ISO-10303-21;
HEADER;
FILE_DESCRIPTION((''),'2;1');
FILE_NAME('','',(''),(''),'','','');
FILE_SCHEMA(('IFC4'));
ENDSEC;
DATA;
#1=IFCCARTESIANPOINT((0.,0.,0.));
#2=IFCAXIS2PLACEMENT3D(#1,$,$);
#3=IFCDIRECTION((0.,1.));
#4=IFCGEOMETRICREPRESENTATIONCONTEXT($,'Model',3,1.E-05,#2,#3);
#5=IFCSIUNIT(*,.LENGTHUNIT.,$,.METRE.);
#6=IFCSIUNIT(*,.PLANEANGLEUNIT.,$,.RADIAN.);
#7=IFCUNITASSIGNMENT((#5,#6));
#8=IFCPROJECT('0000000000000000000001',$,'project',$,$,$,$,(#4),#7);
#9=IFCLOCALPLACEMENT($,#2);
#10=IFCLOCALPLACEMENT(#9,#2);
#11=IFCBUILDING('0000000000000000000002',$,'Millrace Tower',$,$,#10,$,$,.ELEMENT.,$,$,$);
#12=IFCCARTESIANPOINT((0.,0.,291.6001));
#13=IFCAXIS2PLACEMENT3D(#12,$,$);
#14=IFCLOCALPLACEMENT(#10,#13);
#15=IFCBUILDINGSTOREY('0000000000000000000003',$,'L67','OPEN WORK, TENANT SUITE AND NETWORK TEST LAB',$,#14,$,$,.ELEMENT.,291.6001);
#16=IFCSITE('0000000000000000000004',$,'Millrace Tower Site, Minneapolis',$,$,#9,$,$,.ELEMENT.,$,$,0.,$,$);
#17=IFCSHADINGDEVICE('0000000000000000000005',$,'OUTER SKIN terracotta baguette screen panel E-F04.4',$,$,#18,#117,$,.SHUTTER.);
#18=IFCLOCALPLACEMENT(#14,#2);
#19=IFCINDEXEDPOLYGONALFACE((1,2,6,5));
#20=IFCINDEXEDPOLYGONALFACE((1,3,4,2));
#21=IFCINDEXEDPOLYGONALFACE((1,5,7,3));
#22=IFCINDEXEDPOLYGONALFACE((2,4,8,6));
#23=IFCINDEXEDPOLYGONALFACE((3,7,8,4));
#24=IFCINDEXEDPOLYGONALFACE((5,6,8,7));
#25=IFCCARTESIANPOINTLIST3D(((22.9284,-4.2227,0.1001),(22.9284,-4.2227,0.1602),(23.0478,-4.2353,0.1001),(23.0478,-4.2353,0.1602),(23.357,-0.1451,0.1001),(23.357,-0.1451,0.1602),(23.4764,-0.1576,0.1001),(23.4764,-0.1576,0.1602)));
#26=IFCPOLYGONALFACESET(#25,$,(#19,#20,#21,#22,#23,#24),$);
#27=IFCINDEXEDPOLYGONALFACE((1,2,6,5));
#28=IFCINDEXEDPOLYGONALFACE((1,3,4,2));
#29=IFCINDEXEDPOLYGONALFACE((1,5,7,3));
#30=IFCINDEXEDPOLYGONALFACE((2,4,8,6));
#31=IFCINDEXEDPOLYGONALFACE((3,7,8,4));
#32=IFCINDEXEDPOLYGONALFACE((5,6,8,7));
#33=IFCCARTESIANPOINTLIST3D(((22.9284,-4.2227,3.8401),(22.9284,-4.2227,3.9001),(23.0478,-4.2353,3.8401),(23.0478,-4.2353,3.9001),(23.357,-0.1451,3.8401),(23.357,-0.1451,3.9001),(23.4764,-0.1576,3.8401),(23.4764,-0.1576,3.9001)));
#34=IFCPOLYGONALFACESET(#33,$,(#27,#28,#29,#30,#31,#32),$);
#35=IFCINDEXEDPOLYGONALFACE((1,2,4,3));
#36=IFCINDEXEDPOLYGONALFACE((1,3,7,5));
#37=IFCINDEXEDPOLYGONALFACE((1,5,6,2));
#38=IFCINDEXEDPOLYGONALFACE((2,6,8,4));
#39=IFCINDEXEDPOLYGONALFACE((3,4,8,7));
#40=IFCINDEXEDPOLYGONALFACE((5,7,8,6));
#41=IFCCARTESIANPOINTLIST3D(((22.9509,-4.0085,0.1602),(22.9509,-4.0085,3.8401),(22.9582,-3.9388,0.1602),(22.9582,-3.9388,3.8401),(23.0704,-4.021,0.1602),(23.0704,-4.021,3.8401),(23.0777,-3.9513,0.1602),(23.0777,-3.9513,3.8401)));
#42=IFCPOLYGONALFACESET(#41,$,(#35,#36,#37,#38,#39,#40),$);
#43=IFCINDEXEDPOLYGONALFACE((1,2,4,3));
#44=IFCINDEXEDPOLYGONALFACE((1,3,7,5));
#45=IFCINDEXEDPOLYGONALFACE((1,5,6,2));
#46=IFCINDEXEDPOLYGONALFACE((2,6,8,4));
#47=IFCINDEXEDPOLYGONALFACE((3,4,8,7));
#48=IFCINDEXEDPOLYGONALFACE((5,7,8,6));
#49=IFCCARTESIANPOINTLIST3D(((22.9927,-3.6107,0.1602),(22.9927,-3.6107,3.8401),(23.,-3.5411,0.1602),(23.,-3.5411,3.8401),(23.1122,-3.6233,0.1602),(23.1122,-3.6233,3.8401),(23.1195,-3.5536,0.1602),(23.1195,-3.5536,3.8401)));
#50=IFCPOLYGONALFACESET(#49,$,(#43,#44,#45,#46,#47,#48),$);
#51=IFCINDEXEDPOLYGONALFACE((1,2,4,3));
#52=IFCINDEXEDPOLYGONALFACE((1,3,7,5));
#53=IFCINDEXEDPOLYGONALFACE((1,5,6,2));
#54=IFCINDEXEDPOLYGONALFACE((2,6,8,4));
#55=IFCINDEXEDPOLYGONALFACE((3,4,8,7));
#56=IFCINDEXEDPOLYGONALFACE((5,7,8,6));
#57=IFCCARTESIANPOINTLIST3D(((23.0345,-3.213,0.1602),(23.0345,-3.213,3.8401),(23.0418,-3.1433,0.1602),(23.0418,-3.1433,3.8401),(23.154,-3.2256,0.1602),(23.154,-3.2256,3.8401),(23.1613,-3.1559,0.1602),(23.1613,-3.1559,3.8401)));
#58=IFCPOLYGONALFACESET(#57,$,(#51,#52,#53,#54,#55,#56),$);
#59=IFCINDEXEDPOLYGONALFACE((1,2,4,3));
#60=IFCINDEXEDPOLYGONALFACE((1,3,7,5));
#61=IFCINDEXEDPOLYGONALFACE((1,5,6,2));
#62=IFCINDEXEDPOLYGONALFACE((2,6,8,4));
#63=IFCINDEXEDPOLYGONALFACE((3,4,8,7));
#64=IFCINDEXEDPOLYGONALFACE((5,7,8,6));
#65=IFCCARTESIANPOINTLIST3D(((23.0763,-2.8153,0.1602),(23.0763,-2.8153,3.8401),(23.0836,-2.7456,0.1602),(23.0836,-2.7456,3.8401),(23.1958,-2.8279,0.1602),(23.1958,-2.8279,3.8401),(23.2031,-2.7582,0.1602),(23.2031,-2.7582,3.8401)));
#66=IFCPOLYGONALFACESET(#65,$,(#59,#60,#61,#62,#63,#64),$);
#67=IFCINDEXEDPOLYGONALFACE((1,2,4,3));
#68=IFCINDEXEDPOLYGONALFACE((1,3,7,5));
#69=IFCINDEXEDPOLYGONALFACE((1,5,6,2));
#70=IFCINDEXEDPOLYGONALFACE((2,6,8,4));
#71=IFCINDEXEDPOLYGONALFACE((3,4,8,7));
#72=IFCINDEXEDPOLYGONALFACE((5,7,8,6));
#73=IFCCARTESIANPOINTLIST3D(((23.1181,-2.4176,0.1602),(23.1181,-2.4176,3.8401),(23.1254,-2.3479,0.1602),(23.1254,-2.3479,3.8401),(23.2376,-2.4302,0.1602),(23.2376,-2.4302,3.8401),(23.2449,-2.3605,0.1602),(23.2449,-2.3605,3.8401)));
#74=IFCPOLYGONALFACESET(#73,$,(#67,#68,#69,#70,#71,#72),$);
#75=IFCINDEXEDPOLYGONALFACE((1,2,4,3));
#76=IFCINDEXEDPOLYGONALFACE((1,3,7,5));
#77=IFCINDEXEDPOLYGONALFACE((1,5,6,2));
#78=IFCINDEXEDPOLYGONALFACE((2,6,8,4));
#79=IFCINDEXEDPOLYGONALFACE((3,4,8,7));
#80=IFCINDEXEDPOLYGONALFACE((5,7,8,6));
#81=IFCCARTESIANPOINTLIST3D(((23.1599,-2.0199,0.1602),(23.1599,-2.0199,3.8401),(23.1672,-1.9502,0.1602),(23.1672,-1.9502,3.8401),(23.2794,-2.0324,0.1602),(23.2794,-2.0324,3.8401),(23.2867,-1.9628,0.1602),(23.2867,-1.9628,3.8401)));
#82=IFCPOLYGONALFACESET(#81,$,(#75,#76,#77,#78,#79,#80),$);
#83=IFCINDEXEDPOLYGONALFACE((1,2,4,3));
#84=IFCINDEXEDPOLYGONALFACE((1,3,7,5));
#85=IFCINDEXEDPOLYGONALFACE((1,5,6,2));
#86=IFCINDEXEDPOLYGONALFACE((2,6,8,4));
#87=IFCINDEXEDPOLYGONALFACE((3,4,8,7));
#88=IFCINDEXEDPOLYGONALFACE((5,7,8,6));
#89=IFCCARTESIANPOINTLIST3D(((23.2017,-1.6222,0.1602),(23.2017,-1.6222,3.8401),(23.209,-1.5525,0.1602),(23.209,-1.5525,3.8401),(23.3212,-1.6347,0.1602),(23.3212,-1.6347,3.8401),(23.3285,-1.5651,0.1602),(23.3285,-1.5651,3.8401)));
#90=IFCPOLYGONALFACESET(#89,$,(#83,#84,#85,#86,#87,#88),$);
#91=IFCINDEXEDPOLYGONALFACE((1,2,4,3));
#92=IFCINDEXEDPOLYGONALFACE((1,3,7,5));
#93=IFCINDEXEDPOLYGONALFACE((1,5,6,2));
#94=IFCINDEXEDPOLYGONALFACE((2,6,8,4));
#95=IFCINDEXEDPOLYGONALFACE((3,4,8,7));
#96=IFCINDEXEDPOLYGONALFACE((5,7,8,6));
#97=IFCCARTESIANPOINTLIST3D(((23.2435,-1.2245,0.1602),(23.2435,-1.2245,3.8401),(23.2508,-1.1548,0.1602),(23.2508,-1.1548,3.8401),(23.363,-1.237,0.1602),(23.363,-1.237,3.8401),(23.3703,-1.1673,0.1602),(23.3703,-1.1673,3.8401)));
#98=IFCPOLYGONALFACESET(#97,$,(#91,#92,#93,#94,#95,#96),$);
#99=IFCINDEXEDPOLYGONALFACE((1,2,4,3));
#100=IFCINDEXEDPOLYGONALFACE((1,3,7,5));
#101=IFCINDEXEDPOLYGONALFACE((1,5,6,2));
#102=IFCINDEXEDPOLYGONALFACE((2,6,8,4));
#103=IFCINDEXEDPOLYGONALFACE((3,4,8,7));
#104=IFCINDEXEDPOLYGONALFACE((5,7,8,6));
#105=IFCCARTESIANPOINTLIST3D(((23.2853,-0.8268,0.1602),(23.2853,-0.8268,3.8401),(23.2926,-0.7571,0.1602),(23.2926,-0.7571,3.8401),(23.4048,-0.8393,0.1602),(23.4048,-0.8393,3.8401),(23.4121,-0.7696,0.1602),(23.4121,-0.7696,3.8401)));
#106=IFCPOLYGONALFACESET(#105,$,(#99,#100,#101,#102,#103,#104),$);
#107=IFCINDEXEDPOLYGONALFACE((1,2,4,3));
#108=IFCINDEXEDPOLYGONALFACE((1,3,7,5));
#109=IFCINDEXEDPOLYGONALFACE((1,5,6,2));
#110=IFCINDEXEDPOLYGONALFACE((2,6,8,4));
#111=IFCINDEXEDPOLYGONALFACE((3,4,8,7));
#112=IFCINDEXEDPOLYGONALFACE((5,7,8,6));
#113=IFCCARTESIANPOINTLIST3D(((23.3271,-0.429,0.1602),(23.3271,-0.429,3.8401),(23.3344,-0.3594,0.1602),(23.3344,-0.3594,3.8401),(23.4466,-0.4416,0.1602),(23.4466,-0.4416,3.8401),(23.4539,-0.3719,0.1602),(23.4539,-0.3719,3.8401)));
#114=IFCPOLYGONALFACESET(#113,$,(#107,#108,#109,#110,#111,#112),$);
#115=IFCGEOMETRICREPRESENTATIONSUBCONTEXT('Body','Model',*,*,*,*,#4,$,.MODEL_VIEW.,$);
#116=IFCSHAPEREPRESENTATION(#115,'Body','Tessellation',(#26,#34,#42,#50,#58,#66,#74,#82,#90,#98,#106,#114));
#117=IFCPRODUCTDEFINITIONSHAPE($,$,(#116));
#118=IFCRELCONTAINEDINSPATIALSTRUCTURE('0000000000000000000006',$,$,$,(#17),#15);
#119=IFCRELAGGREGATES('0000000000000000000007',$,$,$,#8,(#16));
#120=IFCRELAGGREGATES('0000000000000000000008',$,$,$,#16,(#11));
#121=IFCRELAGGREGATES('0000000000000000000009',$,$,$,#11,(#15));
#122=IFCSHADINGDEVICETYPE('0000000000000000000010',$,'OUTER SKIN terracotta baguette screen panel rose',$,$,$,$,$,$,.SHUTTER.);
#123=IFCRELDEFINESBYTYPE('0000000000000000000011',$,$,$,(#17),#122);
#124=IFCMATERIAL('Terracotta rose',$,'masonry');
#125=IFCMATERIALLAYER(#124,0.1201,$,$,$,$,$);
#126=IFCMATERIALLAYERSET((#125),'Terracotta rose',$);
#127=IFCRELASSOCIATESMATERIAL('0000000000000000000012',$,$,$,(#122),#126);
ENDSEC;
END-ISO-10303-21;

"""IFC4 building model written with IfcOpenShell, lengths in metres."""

from ifc_helpers import new_model, entity, si_unit, direction, frame, frame_2d, origin, place, context, subcontext, project, spatial, rectangle, extrude, source, transform, mapped, material, layer, layer_set, type_object, element, save


model = new_model("IFC4")

# Units and contexts
model_context = context("Model", 3, precision=1e-05, world=origin(), true_north=direction((0.0, 1.0)))
body_context = subcontext(model_context, "Body", "Model", "MODEL_VIEW")
ifc_project = project(units=[si_unit("LENGTHUNIT", "METRE"), si_unit("PLANEANGLEUNIT", "RADIAN")], contexts=[model_context])

# Site, building, storey
site_placement = place(None, origin())
site = spatial("IfcSite", under=ifc_project, at=site_placement, Name="Millrace Tower Site, Minneapolis", CompositionType="ELEMENT", RefElevation=0.0)
building_placement = place(site_placement, origin())
building = spatial("IfcBuilding", under=site, at=building_placement, Name="Millrace Tower", CompositionType="ELEMENT")
storey_placement = place(building_placement, frame((0.0, 0.0, 291.6001)))
storey = spatial("IfcBuildingStorey", under=building, at=storey_placement, Name="L67", Description="OPEN WORK, TENANT SUITE AND NETWORK TEST LAB", CompositionType="ELEMENT", Elevation=291.6001)

# Shading device
ifc_material_1 = material(Name="Terracotta rose", Category="masonry")
ifc_layer_1 = layer(ifc_material_1, 0.1201)
ifc_layer_set_1 = layer_set([ifc_layer_1], Name="Terracotta rose")
shading_device_type = type_object("IfcShadingDeviceType", Name="OUTER SKIN terracotta baguette screen panel rose", PredefinedType="SHUTTER", material=ifc_layer_set_1)
cartesian_point = entity("IfcCartesianPoint", [-2.05, 0.0601])
shared_polyline = entity("IfcPolyline", [cartesian_point, entity("IfcCartesianPoint", [2.05, 0.0601]), entity("IfcCartesianPoint", [2.05, -0.0601]), entity("IfcCartesianPoint", [-2.05, -0.0601]), cartesian_point])
shared_shape = source(origin(), body_context, "Body", "SweptSolid", [
    entity("IfcExtrudedAreaSolid", entity("IfcArbitraryClosedProfileDef", "AREA", None, shared_polyline), entity("IfcAxis2Placement3D", entity("IfcCartesianPoint", [0.0, 0.0, 0.0])), entity("IfcDirection", [0.0, 0.0, 1.0]), 0.0601),
    entity("IfcExtrudedAreaSolid", entity("IfcArbitraryClosedProfileDef", "AREA", None, shared_polyline), entity("IfcAxis2Placement3D", entity("IfcCartesianPoint", [0.0, 0.0, 3.74])), entity("IfcDirection", [0.0, 0.0, 1.0]), 0.0601),
    extrude(rectangle(XDim=0.0701, YDim=0.1201, at=frame_2d((-1.7996, 0.0))), frame((0.0, 0.0, 0.0601)), (0.0, 0.0, 1.0), 3.6799),
    extrude(rectangle(XDim=0.0701, YDim=0.1201, at=frame_2d((-1.3997, 0.0))), frame((0.0, 0.0, 0.0601)), (0.0, 0.0, 1.0), 3.6799),
    extrude(rectangle(XDim=0.0701, YDim=0.1201, at=frame_2d((-0.9998, 0.0))), frame((0.0, 0.0, 0.0601)), (0.0, 0.0, 1.0), 3.6799),
    extrude(rectangle(XDim=0.0701, YDim=0.1201, at=frame_2d((-0.5999, 0.0))), frame((0.0, 0.0, 0.0601)), (0.0, 0.0, 1.0), 3.6799),
    extrude(rectangle(XDim=0.0701, YDim=0.1201, at=frame_2d((-0.2, 0.0))), frame((0.0, 0.0, 0.0601)), (0.0, 0.0, 1.0), 3.6799),
    extrude(rectangle(XDim=0.0701, YDim=0.1201, at=frame_2d((0.2, 0.0))), frame((0.0, 0.0, 0.0601)), (0.0, 0.0, 1.0), 3.6799),
    extrude(rectangle(XDim=0.0701, YDim=0.1201, at=frame_2d((0.5999, 0.0))), frame((0.0, 0.0, 0.0601)), (0.0, 0.0, 1.0), 3.6799),
    extrude(rectangle(XDim=0.0701, YDim=0.1201, at=frame_2d((0.9998, 0.0))), frame((0.0, 0.0, 0.0601)), (0.0, 0.0, 1.0), 3.6799),
    extrude(rectangle(XDim=0.0701, YDim=0.1201, at=frame_2d((1.3997, 0.0))), frame((0.0, 0.0, 0.0601)), (0.0, 0.0, 1.0), 3.6799),
    extrude(rectangle(XDim=0.0701, YDim=0.1201, at=frame_2d((1.7996, 0.0))), frame((0.0, 0.0, 0.0601)), (0.0, 0.0, 1.0), 3.6799),
])
for number, where, z_axis, x_axis, name in (
    (1, (23.2024, -2.1902, 0.1001), (0.0, 0.0, 1.0), (0.104528, 0.994522, 0.0), "OUTER SKIN terracotta baguette screen panel E-F04.4"),
):
    element("IfcShadingDevice", number, at=place(storey_placement, frame(where, z_axis=z_axis, x_axis=x_axis)), inside=storey, type_object=shading_device_type, Name=name, PredefinedType="SHUTTER", context=body_context, shape_type="MappedRepresentation", body=[
        mapped(shared_shape, transform((0.0, 0.0, 0.0), scale=1.0)),
    ])

save(model, "model.ifc")
